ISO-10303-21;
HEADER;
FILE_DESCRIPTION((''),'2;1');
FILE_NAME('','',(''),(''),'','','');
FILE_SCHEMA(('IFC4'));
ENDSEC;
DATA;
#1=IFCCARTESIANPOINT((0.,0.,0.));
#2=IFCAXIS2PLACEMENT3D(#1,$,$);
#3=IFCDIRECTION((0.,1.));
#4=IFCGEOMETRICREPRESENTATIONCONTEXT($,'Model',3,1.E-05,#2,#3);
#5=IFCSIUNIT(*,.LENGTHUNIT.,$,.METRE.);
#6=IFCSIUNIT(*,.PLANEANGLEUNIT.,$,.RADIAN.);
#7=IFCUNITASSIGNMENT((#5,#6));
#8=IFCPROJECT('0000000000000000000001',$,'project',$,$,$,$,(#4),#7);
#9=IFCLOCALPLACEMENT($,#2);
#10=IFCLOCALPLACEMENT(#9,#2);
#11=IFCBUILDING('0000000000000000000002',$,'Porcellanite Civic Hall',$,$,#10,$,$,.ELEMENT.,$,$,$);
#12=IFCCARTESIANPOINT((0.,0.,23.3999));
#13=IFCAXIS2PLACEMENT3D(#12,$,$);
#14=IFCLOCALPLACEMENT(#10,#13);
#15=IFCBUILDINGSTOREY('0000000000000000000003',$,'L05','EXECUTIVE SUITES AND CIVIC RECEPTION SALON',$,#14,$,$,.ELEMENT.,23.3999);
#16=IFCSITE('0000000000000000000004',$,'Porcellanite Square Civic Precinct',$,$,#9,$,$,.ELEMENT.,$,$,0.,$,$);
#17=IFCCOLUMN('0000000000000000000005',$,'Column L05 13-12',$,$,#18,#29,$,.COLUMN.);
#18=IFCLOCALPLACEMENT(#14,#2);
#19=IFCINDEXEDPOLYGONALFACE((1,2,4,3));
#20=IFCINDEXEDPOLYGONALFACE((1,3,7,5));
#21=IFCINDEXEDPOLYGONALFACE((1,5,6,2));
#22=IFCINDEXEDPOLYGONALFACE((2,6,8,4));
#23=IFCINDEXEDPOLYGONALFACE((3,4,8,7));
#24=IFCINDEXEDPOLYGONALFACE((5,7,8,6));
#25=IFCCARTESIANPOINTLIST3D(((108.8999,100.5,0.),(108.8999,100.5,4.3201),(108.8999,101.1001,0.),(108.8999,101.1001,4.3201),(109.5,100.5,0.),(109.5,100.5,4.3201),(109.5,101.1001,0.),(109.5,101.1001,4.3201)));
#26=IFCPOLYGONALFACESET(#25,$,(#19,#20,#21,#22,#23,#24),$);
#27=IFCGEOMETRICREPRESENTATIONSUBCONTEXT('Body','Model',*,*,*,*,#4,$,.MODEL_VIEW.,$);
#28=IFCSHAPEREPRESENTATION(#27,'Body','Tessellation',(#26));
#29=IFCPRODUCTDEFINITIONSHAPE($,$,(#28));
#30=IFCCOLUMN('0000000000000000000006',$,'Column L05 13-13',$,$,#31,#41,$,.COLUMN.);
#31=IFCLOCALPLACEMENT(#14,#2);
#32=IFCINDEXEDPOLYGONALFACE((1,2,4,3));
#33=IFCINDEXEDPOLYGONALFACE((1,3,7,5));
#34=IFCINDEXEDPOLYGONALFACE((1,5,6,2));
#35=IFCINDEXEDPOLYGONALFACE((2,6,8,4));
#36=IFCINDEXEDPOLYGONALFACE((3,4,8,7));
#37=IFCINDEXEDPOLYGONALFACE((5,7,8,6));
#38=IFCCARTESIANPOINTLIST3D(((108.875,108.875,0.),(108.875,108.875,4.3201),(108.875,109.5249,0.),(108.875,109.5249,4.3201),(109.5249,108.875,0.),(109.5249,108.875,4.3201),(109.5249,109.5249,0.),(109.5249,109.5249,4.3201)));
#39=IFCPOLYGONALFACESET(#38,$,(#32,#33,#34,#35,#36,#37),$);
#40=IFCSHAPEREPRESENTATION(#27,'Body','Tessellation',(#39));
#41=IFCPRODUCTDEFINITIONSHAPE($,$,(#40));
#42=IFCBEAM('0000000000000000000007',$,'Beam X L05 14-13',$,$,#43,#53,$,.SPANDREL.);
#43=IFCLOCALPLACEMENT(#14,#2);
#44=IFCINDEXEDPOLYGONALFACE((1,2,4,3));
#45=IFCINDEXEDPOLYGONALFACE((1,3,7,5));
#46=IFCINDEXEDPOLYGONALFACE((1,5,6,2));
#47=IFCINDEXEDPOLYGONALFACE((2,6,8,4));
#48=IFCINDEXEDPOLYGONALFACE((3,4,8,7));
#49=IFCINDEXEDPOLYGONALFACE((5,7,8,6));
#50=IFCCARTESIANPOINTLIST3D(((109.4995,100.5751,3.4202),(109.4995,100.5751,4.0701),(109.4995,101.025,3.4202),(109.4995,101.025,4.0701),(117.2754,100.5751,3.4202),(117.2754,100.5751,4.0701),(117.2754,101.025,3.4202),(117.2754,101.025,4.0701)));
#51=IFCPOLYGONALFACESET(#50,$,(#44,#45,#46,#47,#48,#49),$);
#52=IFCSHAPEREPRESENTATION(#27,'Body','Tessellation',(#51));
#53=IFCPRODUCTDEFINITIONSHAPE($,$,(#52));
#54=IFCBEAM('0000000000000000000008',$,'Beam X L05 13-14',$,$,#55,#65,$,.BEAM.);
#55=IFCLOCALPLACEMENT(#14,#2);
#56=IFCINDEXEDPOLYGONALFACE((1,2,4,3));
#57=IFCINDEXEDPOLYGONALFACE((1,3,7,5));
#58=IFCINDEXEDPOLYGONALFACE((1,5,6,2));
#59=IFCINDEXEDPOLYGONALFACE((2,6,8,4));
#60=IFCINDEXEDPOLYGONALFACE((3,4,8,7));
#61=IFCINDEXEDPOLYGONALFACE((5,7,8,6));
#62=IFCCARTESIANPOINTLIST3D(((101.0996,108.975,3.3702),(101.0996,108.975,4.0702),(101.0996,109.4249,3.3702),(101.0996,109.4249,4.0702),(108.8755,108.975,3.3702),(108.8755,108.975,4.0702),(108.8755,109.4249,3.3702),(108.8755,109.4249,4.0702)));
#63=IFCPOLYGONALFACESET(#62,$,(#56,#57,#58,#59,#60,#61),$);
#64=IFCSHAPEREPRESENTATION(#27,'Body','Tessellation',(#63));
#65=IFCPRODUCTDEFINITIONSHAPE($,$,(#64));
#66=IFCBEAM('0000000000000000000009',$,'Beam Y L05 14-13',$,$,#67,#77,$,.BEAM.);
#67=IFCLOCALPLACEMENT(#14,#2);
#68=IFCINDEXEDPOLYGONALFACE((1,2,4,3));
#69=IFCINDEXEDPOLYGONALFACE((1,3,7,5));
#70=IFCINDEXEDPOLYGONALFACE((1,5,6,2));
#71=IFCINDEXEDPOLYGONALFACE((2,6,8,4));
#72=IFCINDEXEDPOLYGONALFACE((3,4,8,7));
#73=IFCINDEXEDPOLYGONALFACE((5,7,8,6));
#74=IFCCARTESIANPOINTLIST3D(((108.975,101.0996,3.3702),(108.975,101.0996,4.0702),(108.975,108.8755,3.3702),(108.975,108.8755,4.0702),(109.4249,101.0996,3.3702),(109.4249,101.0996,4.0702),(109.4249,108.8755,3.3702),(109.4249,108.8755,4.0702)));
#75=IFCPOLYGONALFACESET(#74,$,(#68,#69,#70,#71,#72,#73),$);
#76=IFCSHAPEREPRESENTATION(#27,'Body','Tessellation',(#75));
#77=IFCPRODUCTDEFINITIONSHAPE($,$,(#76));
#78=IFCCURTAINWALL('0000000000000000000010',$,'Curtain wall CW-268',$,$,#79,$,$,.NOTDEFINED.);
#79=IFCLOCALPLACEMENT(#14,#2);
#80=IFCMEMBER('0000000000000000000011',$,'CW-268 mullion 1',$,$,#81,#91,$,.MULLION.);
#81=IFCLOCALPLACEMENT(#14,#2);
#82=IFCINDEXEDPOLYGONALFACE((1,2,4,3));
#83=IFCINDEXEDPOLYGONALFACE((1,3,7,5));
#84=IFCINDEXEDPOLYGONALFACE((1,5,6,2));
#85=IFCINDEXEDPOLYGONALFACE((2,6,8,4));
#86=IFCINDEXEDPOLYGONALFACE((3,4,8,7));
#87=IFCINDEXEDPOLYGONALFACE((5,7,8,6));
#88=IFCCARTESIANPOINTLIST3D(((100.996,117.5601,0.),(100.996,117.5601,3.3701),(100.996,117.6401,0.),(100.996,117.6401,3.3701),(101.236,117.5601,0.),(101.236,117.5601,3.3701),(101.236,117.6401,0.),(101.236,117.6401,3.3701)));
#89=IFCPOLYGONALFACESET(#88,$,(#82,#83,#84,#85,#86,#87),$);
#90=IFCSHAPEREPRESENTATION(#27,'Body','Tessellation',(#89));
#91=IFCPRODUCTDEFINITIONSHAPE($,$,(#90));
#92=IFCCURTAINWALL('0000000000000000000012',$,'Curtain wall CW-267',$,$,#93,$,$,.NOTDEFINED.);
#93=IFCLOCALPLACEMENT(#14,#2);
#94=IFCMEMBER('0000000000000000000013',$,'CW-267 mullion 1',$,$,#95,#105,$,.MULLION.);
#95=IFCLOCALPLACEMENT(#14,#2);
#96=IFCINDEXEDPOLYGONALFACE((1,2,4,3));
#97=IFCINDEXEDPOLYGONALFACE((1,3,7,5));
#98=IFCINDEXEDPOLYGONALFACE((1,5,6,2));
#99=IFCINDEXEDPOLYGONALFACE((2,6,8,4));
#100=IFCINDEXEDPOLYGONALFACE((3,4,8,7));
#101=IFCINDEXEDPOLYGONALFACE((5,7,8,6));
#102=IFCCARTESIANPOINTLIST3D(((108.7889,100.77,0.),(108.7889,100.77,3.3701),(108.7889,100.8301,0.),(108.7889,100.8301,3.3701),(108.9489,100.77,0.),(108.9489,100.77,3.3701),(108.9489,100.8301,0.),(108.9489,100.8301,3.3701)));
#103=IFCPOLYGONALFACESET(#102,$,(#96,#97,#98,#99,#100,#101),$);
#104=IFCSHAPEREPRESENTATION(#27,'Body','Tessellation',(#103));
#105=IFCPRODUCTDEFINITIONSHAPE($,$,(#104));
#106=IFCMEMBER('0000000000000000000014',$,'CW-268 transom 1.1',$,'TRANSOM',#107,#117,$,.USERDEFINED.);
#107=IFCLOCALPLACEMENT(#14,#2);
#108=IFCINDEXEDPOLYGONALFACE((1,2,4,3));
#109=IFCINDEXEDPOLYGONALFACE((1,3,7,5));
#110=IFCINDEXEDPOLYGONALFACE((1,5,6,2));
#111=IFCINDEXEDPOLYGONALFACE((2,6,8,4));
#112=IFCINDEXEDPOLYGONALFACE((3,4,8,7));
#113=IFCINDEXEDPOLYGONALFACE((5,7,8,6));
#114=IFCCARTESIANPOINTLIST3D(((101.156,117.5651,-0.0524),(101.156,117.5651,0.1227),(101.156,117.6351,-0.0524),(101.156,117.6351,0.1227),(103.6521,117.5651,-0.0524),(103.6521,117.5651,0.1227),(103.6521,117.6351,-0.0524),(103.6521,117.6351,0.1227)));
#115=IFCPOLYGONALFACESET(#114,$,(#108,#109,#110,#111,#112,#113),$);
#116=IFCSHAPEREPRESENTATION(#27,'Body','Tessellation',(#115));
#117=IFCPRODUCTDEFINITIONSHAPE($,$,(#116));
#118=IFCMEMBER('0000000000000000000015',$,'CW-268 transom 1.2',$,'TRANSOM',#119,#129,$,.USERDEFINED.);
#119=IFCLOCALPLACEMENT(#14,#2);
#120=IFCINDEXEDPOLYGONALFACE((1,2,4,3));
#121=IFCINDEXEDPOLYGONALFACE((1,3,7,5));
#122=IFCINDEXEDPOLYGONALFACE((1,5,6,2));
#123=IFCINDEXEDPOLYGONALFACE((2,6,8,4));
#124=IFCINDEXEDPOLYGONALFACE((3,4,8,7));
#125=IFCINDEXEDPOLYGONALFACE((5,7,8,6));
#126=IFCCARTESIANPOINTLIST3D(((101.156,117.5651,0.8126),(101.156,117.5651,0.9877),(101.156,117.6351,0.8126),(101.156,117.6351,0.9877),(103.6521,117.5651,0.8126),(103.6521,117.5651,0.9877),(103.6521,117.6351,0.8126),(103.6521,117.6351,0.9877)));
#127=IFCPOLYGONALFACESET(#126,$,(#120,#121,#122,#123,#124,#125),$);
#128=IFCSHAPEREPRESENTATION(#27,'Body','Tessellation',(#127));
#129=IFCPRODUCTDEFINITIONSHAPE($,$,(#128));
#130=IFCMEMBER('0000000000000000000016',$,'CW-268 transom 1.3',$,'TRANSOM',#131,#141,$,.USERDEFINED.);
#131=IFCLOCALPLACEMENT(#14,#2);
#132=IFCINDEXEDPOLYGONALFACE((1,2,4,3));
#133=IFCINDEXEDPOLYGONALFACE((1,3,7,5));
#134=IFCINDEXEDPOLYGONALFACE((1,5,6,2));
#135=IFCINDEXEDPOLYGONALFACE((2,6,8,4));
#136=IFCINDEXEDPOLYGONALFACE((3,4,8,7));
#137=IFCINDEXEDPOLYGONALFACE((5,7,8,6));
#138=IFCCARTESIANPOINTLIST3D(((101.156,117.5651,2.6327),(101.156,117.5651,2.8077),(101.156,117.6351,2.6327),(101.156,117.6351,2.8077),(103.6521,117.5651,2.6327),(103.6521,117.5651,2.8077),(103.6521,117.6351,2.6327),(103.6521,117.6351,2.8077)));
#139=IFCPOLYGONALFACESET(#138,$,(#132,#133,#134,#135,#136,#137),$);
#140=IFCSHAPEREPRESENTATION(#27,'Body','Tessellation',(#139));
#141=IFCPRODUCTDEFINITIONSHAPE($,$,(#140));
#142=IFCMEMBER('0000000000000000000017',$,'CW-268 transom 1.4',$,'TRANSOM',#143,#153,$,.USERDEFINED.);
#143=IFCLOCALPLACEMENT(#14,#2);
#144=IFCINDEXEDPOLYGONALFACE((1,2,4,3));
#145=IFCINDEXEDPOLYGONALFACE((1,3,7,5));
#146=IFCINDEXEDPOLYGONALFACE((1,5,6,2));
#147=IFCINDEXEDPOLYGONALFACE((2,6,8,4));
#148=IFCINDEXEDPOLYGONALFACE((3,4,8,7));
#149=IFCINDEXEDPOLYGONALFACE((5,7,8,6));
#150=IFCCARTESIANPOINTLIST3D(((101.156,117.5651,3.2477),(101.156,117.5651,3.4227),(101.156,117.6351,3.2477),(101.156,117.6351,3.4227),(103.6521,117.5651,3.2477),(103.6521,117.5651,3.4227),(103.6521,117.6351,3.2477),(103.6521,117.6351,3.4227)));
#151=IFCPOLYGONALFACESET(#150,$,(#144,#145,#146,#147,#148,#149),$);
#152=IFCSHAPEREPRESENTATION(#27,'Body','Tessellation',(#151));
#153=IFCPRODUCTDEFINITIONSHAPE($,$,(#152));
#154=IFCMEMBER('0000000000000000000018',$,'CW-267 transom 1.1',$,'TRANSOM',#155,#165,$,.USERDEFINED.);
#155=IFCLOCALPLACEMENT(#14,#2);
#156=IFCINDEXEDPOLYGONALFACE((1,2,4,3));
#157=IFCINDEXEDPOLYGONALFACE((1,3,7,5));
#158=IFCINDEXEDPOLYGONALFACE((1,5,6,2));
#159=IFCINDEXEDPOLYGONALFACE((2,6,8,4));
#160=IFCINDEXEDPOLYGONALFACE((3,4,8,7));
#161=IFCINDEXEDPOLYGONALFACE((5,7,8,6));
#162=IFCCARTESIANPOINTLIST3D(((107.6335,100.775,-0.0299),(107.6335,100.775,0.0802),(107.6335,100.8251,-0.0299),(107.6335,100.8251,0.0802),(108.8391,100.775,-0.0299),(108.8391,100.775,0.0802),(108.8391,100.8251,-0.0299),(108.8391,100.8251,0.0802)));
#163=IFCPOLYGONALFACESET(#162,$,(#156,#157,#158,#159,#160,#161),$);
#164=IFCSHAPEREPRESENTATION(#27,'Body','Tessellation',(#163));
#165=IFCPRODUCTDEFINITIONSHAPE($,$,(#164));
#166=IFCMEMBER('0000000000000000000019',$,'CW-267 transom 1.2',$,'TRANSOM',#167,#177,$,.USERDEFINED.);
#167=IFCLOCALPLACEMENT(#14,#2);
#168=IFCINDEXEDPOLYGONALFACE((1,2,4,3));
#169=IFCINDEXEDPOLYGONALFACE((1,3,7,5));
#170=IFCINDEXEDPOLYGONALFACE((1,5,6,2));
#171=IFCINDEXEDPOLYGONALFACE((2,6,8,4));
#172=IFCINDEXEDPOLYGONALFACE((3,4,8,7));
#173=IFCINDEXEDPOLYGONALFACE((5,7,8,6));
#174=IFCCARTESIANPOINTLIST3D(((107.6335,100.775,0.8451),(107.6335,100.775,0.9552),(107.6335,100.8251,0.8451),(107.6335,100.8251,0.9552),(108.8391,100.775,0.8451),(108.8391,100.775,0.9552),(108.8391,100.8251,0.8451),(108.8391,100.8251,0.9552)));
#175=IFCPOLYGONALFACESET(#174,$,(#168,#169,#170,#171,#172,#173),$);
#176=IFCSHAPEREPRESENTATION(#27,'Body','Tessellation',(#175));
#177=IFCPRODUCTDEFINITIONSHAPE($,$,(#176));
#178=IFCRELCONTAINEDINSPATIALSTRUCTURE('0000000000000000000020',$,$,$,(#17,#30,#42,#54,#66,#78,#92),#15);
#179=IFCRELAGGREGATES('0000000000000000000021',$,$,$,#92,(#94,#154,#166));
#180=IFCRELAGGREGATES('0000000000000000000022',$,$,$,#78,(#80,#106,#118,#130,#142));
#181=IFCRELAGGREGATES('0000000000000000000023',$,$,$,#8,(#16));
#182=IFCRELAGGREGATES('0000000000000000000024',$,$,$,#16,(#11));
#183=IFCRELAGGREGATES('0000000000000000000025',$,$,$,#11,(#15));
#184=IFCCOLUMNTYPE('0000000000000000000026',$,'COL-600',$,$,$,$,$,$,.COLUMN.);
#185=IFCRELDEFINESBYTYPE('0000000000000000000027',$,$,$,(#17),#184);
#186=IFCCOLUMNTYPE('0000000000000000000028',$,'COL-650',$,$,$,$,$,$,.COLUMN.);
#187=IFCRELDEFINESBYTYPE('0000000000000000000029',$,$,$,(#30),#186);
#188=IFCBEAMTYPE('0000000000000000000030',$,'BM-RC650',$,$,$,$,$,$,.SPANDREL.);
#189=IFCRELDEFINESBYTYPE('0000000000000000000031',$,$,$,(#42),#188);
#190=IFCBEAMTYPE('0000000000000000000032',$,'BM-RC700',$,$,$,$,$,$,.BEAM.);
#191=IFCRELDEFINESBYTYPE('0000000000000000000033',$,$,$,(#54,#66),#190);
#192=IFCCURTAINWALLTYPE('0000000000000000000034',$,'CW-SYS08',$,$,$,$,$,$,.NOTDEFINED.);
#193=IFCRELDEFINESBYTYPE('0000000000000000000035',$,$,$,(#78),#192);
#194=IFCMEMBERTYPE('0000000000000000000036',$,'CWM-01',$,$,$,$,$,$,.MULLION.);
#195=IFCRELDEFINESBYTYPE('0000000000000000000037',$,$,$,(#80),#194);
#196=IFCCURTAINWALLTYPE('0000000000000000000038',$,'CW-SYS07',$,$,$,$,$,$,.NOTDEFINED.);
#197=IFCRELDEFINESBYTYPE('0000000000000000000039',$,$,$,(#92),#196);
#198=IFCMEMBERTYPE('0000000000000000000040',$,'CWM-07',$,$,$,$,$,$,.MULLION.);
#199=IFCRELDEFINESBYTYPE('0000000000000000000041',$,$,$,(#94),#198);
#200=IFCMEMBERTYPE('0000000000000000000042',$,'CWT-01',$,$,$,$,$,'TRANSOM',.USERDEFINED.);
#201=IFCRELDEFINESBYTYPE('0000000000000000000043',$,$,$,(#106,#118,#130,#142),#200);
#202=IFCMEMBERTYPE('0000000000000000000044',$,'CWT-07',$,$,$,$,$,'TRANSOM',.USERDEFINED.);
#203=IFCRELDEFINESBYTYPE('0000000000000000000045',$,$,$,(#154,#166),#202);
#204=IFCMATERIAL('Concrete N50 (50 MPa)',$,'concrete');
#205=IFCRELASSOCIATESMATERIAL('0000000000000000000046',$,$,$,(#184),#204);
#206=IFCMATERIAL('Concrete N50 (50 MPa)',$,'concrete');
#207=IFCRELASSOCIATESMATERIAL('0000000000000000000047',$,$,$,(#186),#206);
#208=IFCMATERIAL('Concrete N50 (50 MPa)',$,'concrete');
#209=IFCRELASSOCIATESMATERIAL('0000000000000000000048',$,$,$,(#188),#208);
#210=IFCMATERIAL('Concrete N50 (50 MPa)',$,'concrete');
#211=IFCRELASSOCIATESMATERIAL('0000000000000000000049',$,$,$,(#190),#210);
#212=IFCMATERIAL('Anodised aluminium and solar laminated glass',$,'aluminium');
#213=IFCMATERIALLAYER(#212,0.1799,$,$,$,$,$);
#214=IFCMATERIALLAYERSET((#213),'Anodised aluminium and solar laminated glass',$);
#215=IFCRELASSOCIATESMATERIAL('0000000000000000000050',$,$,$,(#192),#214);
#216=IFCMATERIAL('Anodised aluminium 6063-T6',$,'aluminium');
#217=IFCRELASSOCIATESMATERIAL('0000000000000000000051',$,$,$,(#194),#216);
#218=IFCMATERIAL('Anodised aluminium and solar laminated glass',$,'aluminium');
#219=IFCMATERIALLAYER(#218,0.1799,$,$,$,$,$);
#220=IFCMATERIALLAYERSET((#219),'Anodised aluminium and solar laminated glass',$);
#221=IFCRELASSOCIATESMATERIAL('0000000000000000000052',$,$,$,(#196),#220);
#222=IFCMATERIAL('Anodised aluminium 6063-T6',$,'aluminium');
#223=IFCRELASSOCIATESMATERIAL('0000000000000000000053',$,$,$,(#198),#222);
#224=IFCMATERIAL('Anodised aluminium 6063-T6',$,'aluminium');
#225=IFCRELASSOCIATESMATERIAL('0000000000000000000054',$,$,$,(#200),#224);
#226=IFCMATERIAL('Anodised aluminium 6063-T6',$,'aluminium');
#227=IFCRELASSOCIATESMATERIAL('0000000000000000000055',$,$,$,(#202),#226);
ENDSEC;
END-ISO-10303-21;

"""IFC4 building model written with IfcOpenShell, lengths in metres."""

from ifc_helpers import new_model, si_unit, direction, frame, origin, origin_2d, place, context, subcontext, project, spatial, rectangle, extrude, material, layer, layer_set, material_profile, profile_set, type_object, element, aggregate, save


model = new_model("IFC4")

# Units and contexts
model_context = context("Model", 3, precision=1e-05, world=origin(), true_north=direction((0.0, 1.0)))
body_context = subcontext(model_context, "Body", "Model", "MODEL_VIEW")
ifc_project = project(units=[si_unit("LENGTHUNIT", "METRE"), si_unit("PLANEANGLEUNIT", "RADIAN")], contexts=[model_context])

# Site, building, storey
site_placement = place(None, origin())
site = spatial("IfcSite", under=ifc_project, at=site_placement, Name="Porcellanite Square Civic Precinct", CompositionType="ELEMENT", RefElevation=0.0)
building_placement = place(site_placement, origin())
building = spatial("IfcBuilding", under=site, at=building_placement, Name="Porcellanite Civic Hall", CompositionType="ELEMENT")
storey_placement = place(building_placement, frame((0.0, 0.0, 23.3999)))
storey = spatial("IfcBuildingStorey", under=building, at=storey_placement, Name="L05", Description="EXECUTIVE SUITES AND CIVIC RECEPTION SALON", CompositionType="ELEMENT", Elevation=23.3999)

# Columns
ifc_material_1 = material(Name="Concrete N50 (50 MPa)", Category="concrete")
ifc_material_profile_1 = material_profile(ifc_material_1, rectangle(XDim=0.6001, YDim=0.6001, at=origin_2d()), Name="RC-600x600")
ifc_profile_set_1 = profile_set([ifc_material_profile_1], Name="Concrete N50 (50 MPa)")
column_type_1 = type_object("IfcColumnType", Name="COL-600", PredefinedType="COLUMN", material=ifc_profile_set_1)
column_1_placement = place(storey_placement, frame((109.2, 100.8, 0.0), z_axis=(0.0, 0.0, 1.0), x_axis=(1.0, 0.0, 0.0)))
element("IfcColumn", 1, at=column_1_placement, inside=storey, type_object=column_type_1, Name="Column L05 13-12", PredefinedType="COLUMN", context=body_context, shape_type="SweptSolid", body=[
    extrude(rectangle(XDim=0.6001, YDim=0.6001, at=origin_2d()), origin(), (0.0, 0.0, 1.0), 4.3201),
])
ifc_material_2 = material(Name="Concrete N50 (50 MPa)", Category="concrete")
ifc_material_profile_2 = material_profile(ifc_material_2, rectangle(XDim=0.6499, YDim=0.6499, at=origin_2d()), Name="RC-650x650")
ifc_profile_set_2 = profile_set([ifc_material_profile_2], Name="Concrete N50 (50 MPa)")
column_type_2 = type_object("IfcColumnType", Name="COL-650", PredefinedType="COLUMN", material=ifc_profile_set_2)
column_2_placement = place(storey_placement, frame((109.2, 109.2, 0.0), z_axis=(0.0, 0.0, 1.0), x_axis=(1.0, 0.0, 0.0)))
element("IfcColumn", 2, at=column_2_placement, inside=storey, type_object=column_type_2, Name="Column L05 13-13", PredefinedType="COLUMN", context=body_context, shape_type="SweptSolid", body=[
    extrude(rectangle(XDim=0.6499, YDim=0.6499, at=origin_2d()), origin(), (0.0, 0.0, 1.0), 4.3201),
])

# Beams
ifc_material_3 = material(Name="Concrete N50 (50 MPa)", Category="concrete")
ifc_material_profile_3 = material_profile(ifc_material_3, rectangle(XDim=0.45, YDim=0.6499, at=origin_2d()), Name="RC-450x650")
ifc_profile_set_3 = profile_set([ifc_material_profile_3], Name="Concrete N50 (50 MPa)")
beam_type_1 = type_object("IfcBeamType", Name="BM-RC650", PredefinedType="SPANDREL", material=ifc_profile_set_3)
beam_1_placement = place(storey_placement, frame((109.4995, 100.8, 3.7451), z_axis=(1.0, 0.0, 0.0), x_axis=(0.0, 1.0, 0.0)))
element("IfcBeam", 3, at=beam_1_placement, inside=storey, type_object=beam_type_1, Name="Beam X L05 14-13", PredefinedType="SPANDREL", context=body_context, shape_type="SweptSolid", body=[
    extrude(rectangle(XDim=0.45, YDim=0.6499, at=origin_2d()), origin(), (0.0, 0.0, 1.0), 7.7759),
])
ifc_material_4 = material(Name="Concrete N50 (50 MPa)", Category="concrete")
ifc_material_profile_4 = material_profile(ifc_material_4, rectangle(XDim=0.45, YDim=0.7, at=origin_2d()), Name="RC-450x700")
ifc_profile_set_4 = profile_set([ifc_material_profile_4], Name="Concrete N50 (50 MPa)")
beam_type_2 = type_object("IfcBeamType", Name="BM-RC700", PredefinedType="BEAM", material=ifc_profile_set_4)
for number, where, z_axis, x_axis, name in (
    (4, (101.0996, 109.2, 3.7202), (1.0, 0.0, 0.0), (0.0, 1.0, 0.0), "Beam X L05 13-14"),
    (5, (109.2, 101.0996, 3.7202), (0.0, 1.0, 0.0), (-1.0, 0.0, 0.0), "Beam Y L05 14-13"),
):
    element("IfcBeam", number, at=place(storey_placement, frame(where, z_axis=z_axis, x_axis=x_axis)), inside=storey, type_object=beam_type_2, Name=name, PredefinedType="BEAM", context=body_context, shape_type="SweptSolid", body=[
        extrude(rectangle(XDim=0.45, YDim=0.7, at=origin_2d()), origin(), (0.0, 0.0, 1.0), 7.7759),
    ])

# Curtain walls, members
ifc_material_5 = material(Name="Anodised aluminium and solar laminated glass", Category="aluminium")
ifc_layer_1 = layer(ifc_material_5, 0.1799)
ifc_layer_set_1 = layer_set([ifc_layer_1], Name="Anodised aluminium and solar laminated glass")
curtain_wall_type_1 = type_object("IfcCurtainWallType", Name="CW-SYS08", PredefinedType="NOTDEFINED", material=ifc_layer_set_1)
curtain_wall_1_placement = place(storey_placement, origin())
curtain_wall_1 = element("IfcCurtainWall", 6, at=curtain_wall_1_placement, inside=storey, type_object=curtain_wall_type_1, Name="Curtain wall CW-268", PredefinedType="NOTDEFINED")
ifc_material_6 = material(Name="Anodised aluminium 6063-T6", Category="aluminium")
ifc_material_profile_5 = material_profile(ifc_material_6, rectangle(XDim=0.0801, YDim=0.24, at=origin_2d()), Name="AL-80x240")
ifc_profile_set_5 = profile_set([ifc_material_profile_5], Name="Anodised aluminium 6063-T6")
member_type_1 = type_object("IfcMemberType", Name="CWM-01", PredefinedType="MULLION", material=ifc_profile_set_5)
member_1_placement = place(storey_placement, frame((101.116, 117.6001, 0.0), z_axis=(0.0, 0.0, 1.0), x_axis=(0.0, 1.0, 0.0)))
member_1 = element("IfcMember", 7, at=member_1_placement, type_object=member_type_1, Name="CW-268 mullion 1", PredefinedType="MULLION", context=body_context, shape_type="SweptSolid", body=[
    extrude(rectangle(XDim=0.0801, YDim=0.24, at=origin_2d()), origin(), (0.0, 0.0, 1.0), 3.3701),
])
ifc_material_7 = material(Name="Anodised aluminium and solar laminated glass", Category="aluminium")
ifc_layer_2 = layer(ifc_material_7, 0.1799)
ifc_layer_set_2 = layer_set([ifc_layer_2], Name="Anodised aluminium and solar laminated glass")
curtain_wall_type_2 = type_object("IfcCurtainWallType", Name="CW-SYS07", PredefinedType="NOTDEFINED", material=ifc_layer_set_2)
curtain_wall_2_placement = place(storey_placement, origin())
curtain_wall_2 = element("IfcCurtainWall", 8, at=curtain_wall_2_placement, inside=storey, type_object=curtain_wall_type_2, Name="Curtain wall CW-267", PredefinedType="NOTDEFINED")
ifc_material_8 = material(Name="Anodised aluminium 6063-T6", Category="aluminium")
ifc_material_profile_6 = material_profile(ifc_material_8, rectangle(XDim=0.0601, YDim=0.1599, at=origin_2d()), Name="AL-60x160")
ifc_profile_set_6 = profile_set([ifc_material_profile_6], Name="Anodised aluminium 6063-T6")
member_type_2 = type_object("IfcMemberType", Name="CWM-07", PredefinedType="MULLION", material=ifc_profile_set_6)
member_2_placement = place(storey_placement, frame((108.8689, 100.8, 0.0), z_axis=(0.0, 0.0, 1.0), x_axis=(0.0, -1.0, 0.0)))
member_2 = element("IfcMember", 9, at=member_2_placement, type_object=member_type_2, Name="CW-267 mullion 1", PredefinedType="MULLION", context=body_context, shape_type="SweptSolid", body=[
    extrude(rectangle(XDim=0.0601, YDim=0.1599, at=origin_2d()), origin(), (0.0, 0.0, 1.0), 3.3701),
])

# Members
ifc_material_9 = material(Name="Anodised aluminium 6063-T6", Category="aluminium")
ifc_material_profile_7 = material_profile(ifc_material_9, rectangle(XDim=0.0701, YDim=0.175, at=origin_2d()), Name="AL-70x175")
ifc_profile_set_7 = profile_set([ifc_material_profile_7], Name="Anodised aluminium 6063-T6")
member_type_3 = type_object("IfcMemberType", Name="CWT-01", ElementType="TRANSOM", PredefinedType="USERDEFINED", material=ifc_profile_set_7)
member_3_placement = place(storey_placement, frame((101.156, 117.6001, 0.0352), z_axis=(1.0, 0.0, 0.0), x_axis=(0.0, 1.0, 0.0)))
member_3 = element("IfcMember", 10, at=member_3_placement, type_object=member_type_3, Name="CW-268 transom 1.1", ObjectType="TRANSOM", PredefinedType="USERDEFINED", context=body_context, shape_type="SweptSolid", body=[
    extrude(rectangle(XDim=0.0701, YDim=0.175, at=origin_2d()), origin(), (0.0, 0.0, 1.0), 2.4961),
])
member_4_placement = place(storey_placement, frame((101.156, 117.6001, 0.9001), z_axis=(1.0, 0.0, 0.0), x_axis=(0.0, 1.0, 0.0)))
member_4 = element("IfcMember", 11, at=member_4_placement, type_object=member_type_3, Name="CW-268 transom 1.2", ObjectType="TRANSOM", PredefinedType="USERDEFINED", context=body_context, shape_type="SweptSolid", body=[
    extrude(rectangle(XDim=0.0701, YDim=0.175, at=origin_2d()), origin(), (0.0, 0.0, 1.0), 2.4961),
])
member_5_placement = place(storey_placement, frame((101.156, 117.6001, 2.7202), z_axis=(1.0, 0.0, 0.0), x_axis=(0.0, 1.0, 0.0)))
member_5 = element("IfcMember", 12, at=member_5_placement, type_object=member_type_3, Name="CW-268 transom 1.3", ObjectType="TRANSOM", PredefinedType="USERDEFINED", context=body_context, shape_type="SweptSolid", body=[
    extrude(rectangle(XDim=0.0701, YDim=0.175, at=origin_2d()), origin(), (0.0, 0.0, 1.0), 2.4961),
])
member_6_placement = place(storey_placement, frame((101.156, 117.6001, 3.3352), z_axis=(1.0, 0.0, 0.0), x_axis=(0.0, 1.0, 0.0)))
member_6 = element("IfcMember", 13, at=member_6_placement, type_object=member_type_3, Name="CW-268 transom 1.4", ObjectType="TRANSOM", PredefinedType="USERDEFINED", context=body_context, shape_type="SweptSolid", body=[
    extrude(rectangle(XDim=0.0701, YDim=0.175, at=origin_2d()), origin(), (0.0, 0.0, 1.0), 2.4961),
])
ifc_material_10 = material(Name="Anodised aluminium 6063-T6", Category="aluminium")
ifc_material_profile_8 = material_profile(ifc_material_10, rectangle(XDim=0.05, YDim=0.1101, at=origin_2d()), Name="AL-50x110")
ifc_profile_set_8 = profile_set([ifc_material_profile_8], Name="Anodised aluminium 6063-T6")
member_type_4 = type_object("IfcMemberType", Name="CWT-07", ElementType="TRANSOM", PredefinedType="USERDEFINED", material=ifc_profile_set_8)
member_7_placement = place(storey_placement, frame((108.8391, 100.8, 0.0251), z_axis=(-1.0, 0.0, 0.0), x_axis=(0.0, -1.0, 0.0)))
member_7 = element("IfcMember", 14, at=member_7_placement, type_object=member_type_4, Name="CW-267 transom 1.1", ObjectType="TRANSOM", PredefinedType="USERDEFINED", context=body_context, shape_type="SweptSolid", body=[
    extrude(rectangle(XDim=0.05, YDim=0.1101, at=origin_2d()), origin(), (0.0, 0.0, 1.0), 1.2056),
])
member_8_placement = place(storey_placement, frame((108.8391, 100.8, 0.9001), z_axis=(-1.0, 0.0, 0.0), x_axis=(0.0, -1.0, 0.0)))
member_8 = element("IfcMember", 15, at=member_8_placement, type_object=member_type_4, Name="CW-267 transom 1.2", ObjectType="TRANSOM", PredefinedType="USERDEFINED", context=body_context, shape_type="SweptSolid", body=[
    extrude(rectangle(XDim=0.05, YDim=0.1101, at=origin_2d()), origin(), (0.0, 0.0, 1.0), 1.2056),
])

aggregate(curtain_wall_2, [member_2, member_7, member_8])
aggregate(curtain_wall_1, [member_1, member_3, member_4, member_5, member_6])

save(model, "model.ifc")
